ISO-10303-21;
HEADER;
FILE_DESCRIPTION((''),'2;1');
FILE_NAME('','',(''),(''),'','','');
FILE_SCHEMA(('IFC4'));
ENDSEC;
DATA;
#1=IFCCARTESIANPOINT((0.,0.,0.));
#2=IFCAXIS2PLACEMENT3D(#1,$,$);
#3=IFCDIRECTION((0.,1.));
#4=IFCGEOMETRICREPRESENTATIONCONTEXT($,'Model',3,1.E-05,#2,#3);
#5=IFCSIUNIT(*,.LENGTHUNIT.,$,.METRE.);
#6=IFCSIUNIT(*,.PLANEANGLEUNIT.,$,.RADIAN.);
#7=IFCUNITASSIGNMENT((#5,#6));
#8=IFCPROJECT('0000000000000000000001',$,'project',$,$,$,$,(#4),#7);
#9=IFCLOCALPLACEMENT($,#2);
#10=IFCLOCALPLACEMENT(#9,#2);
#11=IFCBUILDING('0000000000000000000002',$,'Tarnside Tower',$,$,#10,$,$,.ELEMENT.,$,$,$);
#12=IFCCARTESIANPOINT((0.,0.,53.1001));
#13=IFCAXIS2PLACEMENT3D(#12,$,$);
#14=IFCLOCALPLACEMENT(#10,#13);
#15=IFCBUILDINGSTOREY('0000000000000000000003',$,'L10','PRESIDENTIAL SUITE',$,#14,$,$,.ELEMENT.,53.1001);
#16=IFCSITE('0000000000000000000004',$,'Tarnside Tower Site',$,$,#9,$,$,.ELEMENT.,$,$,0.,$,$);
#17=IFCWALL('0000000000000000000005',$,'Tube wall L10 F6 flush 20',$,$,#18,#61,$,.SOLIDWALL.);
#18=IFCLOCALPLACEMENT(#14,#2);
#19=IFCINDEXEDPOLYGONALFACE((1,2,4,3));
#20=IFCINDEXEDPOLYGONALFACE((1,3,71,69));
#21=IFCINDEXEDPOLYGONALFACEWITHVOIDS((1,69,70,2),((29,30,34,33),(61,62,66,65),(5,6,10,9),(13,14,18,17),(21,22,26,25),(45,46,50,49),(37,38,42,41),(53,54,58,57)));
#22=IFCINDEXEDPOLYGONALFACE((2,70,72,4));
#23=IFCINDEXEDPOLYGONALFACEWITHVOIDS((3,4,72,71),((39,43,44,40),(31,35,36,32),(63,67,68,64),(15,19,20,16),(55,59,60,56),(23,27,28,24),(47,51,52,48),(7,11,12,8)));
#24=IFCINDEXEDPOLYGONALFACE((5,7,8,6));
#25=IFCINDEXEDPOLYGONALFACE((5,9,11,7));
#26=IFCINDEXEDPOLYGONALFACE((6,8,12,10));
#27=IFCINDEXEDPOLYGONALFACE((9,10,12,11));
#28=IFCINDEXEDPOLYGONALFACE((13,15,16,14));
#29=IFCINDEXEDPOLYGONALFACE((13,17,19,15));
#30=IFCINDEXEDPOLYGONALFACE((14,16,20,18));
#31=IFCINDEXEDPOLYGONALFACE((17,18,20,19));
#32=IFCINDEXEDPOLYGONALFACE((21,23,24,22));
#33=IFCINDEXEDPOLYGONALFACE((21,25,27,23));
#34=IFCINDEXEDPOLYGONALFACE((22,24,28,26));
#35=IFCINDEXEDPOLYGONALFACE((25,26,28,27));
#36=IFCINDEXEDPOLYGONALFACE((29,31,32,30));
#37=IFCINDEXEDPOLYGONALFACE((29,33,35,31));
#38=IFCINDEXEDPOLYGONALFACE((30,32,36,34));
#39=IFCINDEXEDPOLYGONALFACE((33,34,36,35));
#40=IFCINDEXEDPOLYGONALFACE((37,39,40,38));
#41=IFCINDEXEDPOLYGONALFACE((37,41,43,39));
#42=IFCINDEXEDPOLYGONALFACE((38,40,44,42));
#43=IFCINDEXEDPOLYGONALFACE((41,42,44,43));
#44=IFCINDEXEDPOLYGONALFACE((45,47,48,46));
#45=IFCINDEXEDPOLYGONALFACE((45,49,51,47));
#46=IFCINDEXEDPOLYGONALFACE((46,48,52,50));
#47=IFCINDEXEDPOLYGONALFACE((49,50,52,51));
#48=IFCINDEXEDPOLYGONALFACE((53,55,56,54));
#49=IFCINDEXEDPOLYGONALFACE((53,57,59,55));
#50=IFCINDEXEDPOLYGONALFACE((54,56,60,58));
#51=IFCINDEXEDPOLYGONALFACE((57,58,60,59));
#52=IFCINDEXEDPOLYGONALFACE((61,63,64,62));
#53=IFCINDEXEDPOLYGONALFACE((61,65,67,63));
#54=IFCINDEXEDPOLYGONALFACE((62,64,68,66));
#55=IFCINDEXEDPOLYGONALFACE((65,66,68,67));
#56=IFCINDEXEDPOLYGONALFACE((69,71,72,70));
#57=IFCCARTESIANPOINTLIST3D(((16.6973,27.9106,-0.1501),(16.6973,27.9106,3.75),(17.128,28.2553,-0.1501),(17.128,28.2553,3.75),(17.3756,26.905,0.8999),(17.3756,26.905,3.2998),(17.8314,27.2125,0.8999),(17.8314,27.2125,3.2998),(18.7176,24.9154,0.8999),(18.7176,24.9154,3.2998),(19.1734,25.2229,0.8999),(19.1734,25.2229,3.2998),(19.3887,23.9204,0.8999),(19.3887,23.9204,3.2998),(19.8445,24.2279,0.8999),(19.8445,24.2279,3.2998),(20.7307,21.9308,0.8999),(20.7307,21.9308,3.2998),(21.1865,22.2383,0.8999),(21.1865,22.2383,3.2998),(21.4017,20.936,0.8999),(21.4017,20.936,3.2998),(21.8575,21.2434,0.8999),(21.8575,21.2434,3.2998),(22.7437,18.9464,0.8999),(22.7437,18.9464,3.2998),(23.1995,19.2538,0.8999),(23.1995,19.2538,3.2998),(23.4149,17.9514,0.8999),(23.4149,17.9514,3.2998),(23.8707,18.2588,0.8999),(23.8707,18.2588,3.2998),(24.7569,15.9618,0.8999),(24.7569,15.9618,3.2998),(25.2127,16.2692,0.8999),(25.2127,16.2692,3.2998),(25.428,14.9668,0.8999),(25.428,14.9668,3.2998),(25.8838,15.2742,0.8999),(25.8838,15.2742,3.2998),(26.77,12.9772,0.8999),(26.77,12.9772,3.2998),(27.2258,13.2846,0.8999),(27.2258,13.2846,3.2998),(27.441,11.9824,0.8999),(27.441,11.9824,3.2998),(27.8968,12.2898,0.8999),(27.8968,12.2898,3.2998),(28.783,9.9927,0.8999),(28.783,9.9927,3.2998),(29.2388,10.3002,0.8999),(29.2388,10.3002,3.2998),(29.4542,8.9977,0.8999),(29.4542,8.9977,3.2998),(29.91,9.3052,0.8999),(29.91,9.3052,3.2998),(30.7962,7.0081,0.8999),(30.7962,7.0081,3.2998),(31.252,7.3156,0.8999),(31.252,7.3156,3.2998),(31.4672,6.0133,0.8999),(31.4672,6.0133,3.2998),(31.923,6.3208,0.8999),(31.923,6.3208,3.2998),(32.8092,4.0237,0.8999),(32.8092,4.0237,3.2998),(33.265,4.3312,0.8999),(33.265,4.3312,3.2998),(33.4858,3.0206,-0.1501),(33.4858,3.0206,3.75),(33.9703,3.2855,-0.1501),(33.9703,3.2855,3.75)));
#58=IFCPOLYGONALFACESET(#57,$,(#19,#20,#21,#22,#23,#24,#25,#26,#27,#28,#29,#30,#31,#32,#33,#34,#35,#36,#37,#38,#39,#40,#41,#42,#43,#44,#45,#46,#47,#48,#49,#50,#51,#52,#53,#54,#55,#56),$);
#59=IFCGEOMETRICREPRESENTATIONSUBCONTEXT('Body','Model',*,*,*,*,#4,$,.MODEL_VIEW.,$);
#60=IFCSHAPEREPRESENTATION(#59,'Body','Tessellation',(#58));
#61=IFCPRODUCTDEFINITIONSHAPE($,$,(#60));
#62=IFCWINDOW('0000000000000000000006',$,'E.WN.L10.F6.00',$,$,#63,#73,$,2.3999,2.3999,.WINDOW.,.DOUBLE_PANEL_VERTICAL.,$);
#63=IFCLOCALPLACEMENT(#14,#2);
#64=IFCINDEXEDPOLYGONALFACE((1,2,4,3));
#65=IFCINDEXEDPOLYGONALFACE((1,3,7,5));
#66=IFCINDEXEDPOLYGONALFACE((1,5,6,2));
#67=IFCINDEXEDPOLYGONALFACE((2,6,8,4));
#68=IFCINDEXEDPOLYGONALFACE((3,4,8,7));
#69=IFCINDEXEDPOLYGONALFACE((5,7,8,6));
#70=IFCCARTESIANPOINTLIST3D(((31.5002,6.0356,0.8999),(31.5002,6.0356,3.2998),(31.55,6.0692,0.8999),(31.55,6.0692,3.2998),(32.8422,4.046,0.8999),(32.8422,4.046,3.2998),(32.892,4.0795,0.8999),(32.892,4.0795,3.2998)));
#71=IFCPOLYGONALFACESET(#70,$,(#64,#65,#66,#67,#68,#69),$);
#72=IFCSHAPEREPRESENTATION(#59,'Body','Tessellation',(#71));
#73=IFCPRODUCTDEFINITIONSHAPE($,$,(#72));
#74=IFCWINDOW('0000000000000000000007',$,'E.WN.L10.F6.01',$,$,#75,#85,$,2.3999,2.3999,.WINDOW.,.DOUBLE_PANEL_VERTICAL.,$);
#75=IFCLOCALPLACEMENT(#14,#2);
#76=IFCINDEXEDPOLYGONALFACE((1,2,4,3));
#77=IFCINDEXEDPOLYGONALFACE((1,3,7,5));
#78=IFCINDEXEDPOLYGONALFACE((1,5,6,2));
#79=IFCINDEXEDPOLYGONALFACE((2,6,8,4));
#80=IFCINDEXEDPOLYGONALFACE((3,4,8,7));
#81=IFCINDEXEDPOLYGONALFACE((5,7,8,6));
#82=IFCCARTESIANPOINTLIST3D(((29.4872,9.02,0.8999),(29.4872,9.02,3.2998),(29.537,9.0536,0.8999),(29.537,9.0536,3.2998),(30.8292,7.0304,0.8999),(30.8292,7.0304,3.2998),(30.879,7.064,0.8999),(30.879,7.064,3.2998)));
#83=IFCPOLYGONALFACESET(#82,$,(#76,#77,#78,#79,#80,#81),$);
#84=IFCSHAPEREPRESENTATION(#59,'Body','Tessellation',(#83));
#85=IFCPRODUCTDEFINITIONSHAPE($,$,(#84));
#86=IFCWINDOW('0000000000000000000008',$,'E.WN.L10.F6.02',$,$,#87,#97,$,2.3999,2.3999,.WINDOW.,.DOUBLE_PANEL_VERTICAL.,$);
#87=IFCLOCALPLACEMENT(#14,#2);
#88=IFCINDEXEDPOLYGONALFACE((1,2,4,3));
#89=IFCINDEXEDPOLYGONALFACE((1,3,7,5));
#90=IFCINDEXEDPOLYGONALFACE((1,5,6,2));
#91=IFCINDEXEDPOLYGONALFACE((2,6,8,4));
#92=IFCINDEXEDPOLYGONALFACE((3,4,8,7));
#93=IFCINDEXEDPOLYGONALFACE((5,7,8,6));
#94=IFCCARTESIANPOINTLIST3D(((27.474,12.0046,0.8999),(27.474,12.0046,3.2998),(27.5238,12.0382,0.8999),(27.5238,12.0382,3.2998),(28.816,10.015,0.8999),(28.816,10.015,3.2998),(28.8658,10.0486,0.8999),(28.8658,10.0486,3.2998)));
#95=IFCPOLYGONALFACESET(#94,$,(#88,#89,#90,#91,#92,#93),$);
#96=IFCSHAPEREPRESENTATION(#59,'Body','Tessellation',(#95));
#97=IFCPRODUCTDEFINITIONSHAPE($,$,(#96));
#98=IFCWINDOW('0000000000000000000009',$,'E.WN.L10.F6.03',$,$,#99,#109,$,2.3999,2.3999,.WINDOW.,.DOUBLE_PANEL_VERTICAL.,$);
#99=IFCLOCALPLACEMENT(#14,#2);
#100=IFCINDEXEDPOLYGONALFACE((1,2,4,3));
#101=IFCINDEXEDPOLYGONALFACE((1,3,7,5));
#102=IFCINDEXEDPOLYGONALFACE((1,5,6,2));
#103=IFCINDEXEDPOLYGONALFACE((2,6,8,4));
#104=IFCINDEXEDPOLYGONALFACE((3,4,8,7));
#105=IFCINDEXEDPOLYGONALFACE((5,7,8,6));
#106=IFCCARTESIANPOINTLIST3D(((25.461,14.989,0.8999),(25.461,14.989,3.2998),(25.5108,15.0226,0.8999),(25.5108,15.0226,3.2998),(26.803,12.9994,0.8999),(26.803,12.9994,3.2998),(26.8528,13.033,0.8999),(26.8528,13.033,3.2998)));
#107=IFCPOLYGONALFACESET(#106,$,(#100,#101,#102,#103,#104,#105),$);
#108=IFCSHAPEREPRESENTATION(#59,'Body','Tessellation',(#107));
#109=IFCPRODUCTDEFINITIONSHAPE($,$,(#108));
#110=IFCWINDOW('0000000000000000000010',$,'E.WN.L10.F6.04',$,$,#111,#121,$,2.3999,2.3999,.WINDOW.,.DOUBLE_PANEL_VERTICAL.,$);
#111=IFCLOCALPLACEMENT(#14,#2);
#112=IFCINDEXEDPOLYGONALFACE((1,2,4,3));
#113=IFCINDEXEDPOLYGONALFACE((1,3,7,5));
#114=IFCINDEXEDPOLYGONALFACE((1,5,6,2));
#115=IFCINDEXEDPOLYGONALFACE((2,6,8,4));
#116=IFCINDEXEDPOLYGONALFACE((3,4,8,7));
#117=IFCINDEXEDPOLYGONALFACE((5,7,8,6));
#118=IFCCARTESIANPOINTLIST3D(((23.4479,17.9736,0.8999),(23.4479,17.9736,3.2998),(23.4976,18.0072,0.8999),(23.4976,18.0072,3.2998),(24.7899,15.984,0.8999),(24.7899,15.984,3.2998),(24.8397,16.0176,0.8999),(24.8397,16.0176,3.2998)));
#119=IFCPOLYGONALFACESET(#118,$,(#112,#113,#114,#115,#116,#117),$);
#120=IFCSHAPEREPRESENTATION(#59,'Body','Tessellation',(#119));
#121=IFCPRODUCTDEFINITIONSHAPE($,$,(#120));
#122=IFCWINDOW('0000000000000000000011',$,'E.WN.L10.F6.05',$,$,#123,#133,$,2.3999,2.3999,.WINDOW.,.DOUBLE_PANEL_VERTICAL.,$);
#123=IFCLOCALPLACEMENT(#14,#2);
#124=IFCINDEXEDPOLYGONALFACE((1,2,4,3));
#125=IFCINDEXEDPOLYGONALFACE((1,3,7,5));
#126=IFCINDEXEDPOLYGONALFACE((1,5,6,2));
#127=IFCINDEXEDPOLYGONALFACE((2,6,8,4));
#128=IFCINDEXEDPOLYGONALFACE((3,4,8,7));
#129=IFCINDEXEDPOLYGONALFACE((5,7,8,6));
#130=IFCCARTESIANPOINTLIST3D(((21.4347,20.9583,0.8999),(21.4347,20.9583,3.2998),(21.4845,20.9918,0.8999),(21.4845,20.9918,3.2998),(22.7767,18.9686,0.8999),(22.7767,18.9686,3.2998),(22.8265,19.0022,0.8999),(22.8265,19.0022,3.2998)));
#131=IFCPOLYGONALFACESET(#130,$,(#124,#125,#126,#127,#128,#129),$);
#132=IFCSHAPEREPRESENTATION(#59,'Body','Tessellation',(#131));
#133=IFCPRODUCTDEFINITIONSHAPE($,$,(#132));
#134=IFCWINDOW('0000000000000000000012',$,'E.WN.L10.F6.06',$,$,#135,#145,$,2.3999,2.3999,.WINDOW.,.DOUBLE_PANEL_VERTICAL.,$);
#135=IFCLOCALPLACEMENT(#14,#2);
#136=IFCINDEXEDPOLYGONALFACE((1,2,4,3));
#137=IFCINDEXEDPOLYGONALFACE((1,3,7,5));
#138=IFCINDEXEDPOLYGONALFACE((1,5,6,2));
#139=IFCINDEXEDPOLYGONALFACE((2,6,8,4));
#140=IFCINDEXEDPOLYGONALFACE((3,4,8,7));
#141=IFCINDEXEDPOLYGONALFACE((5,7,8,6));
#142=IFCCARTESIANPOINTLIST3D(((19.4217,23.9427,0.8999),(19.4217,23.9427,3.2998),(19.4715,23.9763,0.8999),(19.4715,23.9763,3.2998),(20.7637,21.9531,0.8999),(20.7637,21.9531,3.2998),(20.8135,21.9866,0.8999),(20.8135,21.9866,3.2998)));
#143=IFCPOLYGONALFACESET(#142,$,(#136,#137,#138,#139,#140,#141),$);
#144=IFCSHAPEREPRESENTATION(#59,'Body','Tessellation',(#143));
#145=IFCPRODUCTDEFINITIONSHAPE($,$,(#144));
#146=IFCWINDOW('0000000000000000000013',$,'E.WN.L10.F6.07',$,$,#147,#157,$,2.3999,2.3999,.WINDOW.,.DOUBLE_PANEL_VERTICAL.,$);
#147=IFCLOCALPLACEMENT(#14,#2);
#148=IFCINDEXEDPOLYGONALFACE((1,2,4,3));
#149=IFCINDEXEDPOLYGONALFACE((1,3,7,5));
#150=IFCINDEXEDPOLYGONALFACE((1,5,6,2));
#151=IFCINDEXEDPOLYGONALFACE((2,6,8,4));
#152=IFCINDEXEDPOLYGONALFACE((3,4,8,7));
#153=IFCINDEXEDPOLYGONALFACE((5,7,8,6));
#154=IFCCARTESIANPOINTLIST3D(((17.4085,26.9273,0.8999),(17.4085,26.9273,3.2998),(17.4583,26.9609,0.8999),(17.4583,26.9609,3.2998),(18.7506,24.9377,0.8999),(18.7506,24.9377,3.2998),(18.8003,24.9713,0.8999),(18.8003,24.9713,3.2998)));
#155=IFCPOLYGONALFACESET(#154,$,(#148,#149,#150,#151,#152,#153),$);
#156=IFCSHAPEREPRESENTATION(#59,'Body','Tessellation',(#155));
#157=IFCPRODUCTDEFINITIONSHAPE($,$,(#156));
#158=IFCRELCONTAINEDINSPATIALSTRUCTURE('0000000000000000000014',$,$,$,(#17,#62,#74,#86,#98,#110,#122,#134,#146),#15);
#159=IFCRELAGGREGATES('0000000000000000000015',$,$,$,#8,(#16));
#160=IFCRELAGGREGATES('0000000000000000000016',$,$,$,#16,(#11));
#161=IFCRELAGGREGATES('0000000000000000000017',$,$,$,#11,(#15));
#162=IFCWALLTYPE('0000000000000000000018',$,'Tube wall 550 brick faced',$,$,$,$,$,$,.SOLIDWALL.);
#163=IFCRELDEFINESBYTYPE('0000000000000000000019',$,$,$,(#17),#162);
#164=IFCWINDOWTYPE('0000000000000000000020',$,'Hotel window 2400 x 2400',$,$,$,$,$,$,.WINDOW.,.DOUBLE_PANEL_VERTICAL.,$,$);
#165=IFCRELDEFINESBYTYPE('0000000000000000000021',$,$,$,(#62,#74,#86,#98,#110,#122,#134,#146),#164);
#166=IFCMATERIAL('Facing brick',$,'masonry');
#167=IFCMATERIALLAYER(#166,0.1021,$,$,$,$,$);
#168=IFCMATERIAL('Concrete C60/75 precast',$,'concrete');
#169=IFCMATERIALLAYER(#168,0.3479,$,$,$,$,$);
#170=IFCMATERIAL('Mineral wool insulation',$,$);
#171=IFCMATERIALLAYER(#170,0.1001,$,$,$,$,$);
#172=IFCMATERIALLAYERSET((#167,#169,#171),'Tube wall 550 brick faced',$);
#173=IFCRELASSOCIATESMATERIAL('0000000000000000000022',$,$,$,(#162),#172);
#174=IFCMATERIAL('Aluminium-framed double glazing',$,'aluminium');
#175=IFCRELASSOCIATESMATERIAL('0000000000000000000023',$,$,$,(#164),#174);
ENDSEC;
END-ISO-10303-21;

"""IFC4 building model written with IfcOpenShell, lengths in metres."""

from ifc_helpers import new_model, si_unit, direction, frame, frame_2d, origin, place, context, subcontext, project, spatial, polyline, rectangle, outline, extrude, material, layer, layer_set, type_object, element, fill, save


model = new_model("IFC4")

# Units and contexts
model_context = context("Model", 3, precision=1e-05, world=origin(), true_north=direction((0.0, 1.0)))
body_context = subcontext(model_context, "Body", "Model", "MODEL_VIEW")
ifc_project = project(units=[si_unit("LENGTHUNIT", "METRE"), si_unit("PLANEANGLEUNIT", "RADIAN")], contexts=[model_context])

# Site, building, storey
site_placement = place(None, origin())
site = spatial("IfcSite", under=ifc_project, at=site_placement, Name="Tarnside Tower Site", CompositionType="ELEMENT", RefElevation=0.0)
building_placement = place(site_placement, origin())
building = spatial("IfcBuilding", under=site, at=building_placement, Name="Tarnside Tower", CompositionType="ELEMENT")
storey_placement = place(building_placement, frame((0.0, 0.0, 53.1001)))
storey = spatial("IfcBuildingStorey", under=building, at=storey_placement, Name="L10", Description="PRESIDENTIAL SUITE", CompositionType="ELEMENT", Elevation=53.1001)

# Shared definitions
ifc_material_1 = material(Name="Facing brick", Category="masonry")
ifc_layer_1 = layer(ifc_material_1, 0.1021)
ifc_material_2 = material(Name="Concrete C60/75 precast", Category="concrete")
ifc_layer_2 = layer(ifc_material_2, 0.3479)
ifc_material_3 = material(Name="Mineral wool insulation")
ifc_layer_3 = layer(ifc_material_3, 0.1001)
ifc_layer_set_1 = layer_set([ifc_layer_1, ifc_layer_2, ifc_layer_3], Name="Tube wall 550 brick faced")
wall_type_1 = type_object("IfcWallType", Name="Tube wall 550 brick faced", PredefinedType="SOLIDWALL", material=ifc_layer_set_1)

# Wall, openings, windows
wall_1_placement = place(storey_placement, frame((33.728, 3.1531, -0.1501), z_axis=(0.0, 0.0, 1.0), x_axis=(-0.559192, 0.829038, 0.0)))
wall_1 = element("IfcWall", 1, at=wall_1_placement, inside=storey, type_object=wall_type_1, Name="Tube wall L10 F6 flush 20", PredefinedType="SOLIDWALL", context=body_context, shape_type="SweptSolid", body=[
    extrude(outline(polyline([(-0.0256, -0.2749), (30.0933, -0.2749), (30.0483, 0.2749), (0.0256, 0.2749), (-0.0256, -0.2749)])), origin(), (0.0, 0.0, 1.0), 3.9001),
])
opening_1_placement = place(wall_1_placement, frame((1.2356, 0.0, 1.05)))
opening_1 = element("IfcOpeningElement", 2, at=opening_1_placement, cuts=wall_1, PredefinedType="OPENING", context=body_context, shape_type="SweptSolid", body=[
    extrude(rectangle(XDim=2.3999, YDim=2.3999, at=frame_2d((1.2, 1.2))), frame((0.0, 0.2852, 0.0), z_axis=(0.0, -1.0, 0.0), x_axis=(1.0, 0.0, 0.0)), (0.0, 0.0, 1.0), 0.5701),
])
opening_2_placement = place(wall_1_placement, frame((4.8354, 0.0, 1.05)))
opening_2 = element("IfcOpeningElement", 3, at=opening_2_placement, cuts=wall_1, PredefinedType="OPENING", context=body_context, shape_type="SweptSolid", body=[
    extrude(rectangle(XDim=2.3999, YDim=2.3999, at=frame_2d((1.2, 1.2))), frame((0.0, 0.2852, 0.0), z_axis=(0.0, -1.0, 0.0), x_axis=(1.0, 0.0, 0.0)), (0.0, 0.0, 1.0), 0.5701),
])
opening_3_placement = place(wall_1_placement, frame((8.4355, 0.0, 1.05)))
opening_3 = element("IfcOpeningElement", 4, at=opening_3_placement, cuts=wall_1, PredefinedType="OPENING", context=body_context, shape_type="SweptSolid", body=[
    extrude(rectangle(XDim=2.3999, YDim=2.3999, at=frame_2d((1.2, 1.2))), frame((0.0, 0.2852, 0.0), z_axis=(0.0, -1.0, 0.0), x_axis=(1.0, 0.0, 0.0)), (0.0, 0.0, 1.0), 0.5701),
])
opening_4_placement = place(wall_1_placement, frame((12.0354, 0.0, 1.05)))
opening_4 = element("IfcOpeningElement", 5, at=opening_4_placement, cuts=wall_1, PredefinedType="OPENING", context=body_context, shape_type="SweptSolid", body=[
    extrude(rectangle(XDim=2.3999, YDim=2.3999, at=frame_2d((1.2, 1.2))), frame((0.0, 0.2852, 0.0), z_axis=(0.0, -1.0, 0.0), x_axis=(1.0, 0.0, 0.0)), (0.0, 0.0, 1.0), 0.5701),
])
opening_5_placement = place(wall_1_placement, frame((15.6355, 0.0, 1.05)))
opening_5 = element("IfcOpeningElement", 6, at=opening_5_placement, cuts=wall_1, PredefinedType="OPENING", context=body_context, shape_type="SweptSolid", body=[
    extrude(rectangle(XDim=2.3999, YDim=2.3999, at=frame_2d((1.2, 1.2))), frame((0.0, 0.2852, 0.0), z_axis=(0.0, -1.0, 0.0), x_axis=(1.0, 0.0, 0.0)), (0.0, 0.0, 1.0), 0.5701),
])
opening_6_placement = place(wall_1_placement, frame((19.2356, 0.0, 1.05)))
opening_6 = element("IfcOpeningElement", 7, at=opening_6_placement, cuts=wall_1, PredefinedType="OPENING", context=body_context, shape_type="SweptSolid", body=[
    extrude(rectangle(XDim=2.3999, YDim=2.3999, at=frame_2d((1.2, 1.2))), frame((0.0, 0.2852, 0.0), z_axis=(0.0, -1.0, 0.0), x_axis=(1.0, 0.0, 0.0)), (0.0, 0.0, 1.0), 0.5701),
])
opening_7_placement = place(wall_1_placement, frame((22.8354, 0.0, 1.05)))
opening_7 = element("IfcOpeningElement", 8, at=opening_7_placement, cuts=wall_1, PredefinedType="OPENING", context=body_context, shape_type="SweptSolid", body=[
    extrude(rectangle(XDim=2.3999, YDim=2.3999, at=frame_2d((1.2, 1.2))), frame((0.0, 0.2852, 0.0), z_axis=(0.0, -1.0, 0.0), x_axis=(1.0, 0.0, 0.0)), (0.0, 0.0, 1.0), 0.5701),
])
opening_8_placement = place(wall_1_placement, frame((26.4355, 0.0, 1.05)))
opening_8 = element("IfcOpeningElement", 9, at=opening_8_placement, cuts=wall_1, PredefinedType="OPENING", context=body_context, shape_type="SweptSolid", body=[
    extrude(rectangle(XDim=2.3999, YDim=2.3999, at=frame_2d((1.2, 1.2))), frame((0.0, 0.2852, 0.0), z_axis=(0.0, -1.0, 0.0), x_axis=(1.0, 0.0, 0.0)), (0.0, 0.0, 1.0), 0.5701),
])
ifc_material_4 = material(Name="Aluminium-framed double glazing", Category="aluminium")
window_type = type_object("IfcWindowType", Name="Hotel window 2400 x 2400", PartitioningType="DOUBLE_PANEL_VERTICAL", PredefinedType="WINDOW", material=ifc_material_4)
window_1_placement = place(opening_1_placement, frame((0.0, 0.2051, 0.0)))
window_1 = element("IfcWindow", 10, at=window_1_placement, inside=storey, type_object=window_type, Name="E.WN.L10.F6.00", OverallHeight=2.3999, OverallWidth=2.3999, PartitioningType="DOUBLE_PANEL_VERTICAL", PredefinedType="WINDOW", context=body_context, shape_type="SweptSolid", body=[
    extrude(rectangle(XDim=2.3999, YDim=2.3999, at=frame_2d((1.2, 1.2))), frame((0.0, 0.03, 0.0), z_axis=(0.0, -1.0, 0.0), x_axis=(1.0, 0.0, 0.0)), (0.0, 0.0, 1.0), 0.0601),
])
fill(opening_1, window_1)
window_2_placement = place(opening_2_placement, frame((0.0, 0.2051, 0.0)))
window_2 = element("IfcWindow", 11, at=window_2_placement, inside=storey, type_object=window_type, Name="E.WN.L10.F6.01", OverallHeight=2.3999, OverallWidth=2.3999, PartitioningType="DOUBLE_PANEL_VERTICAL", PredefinedType="WINDOW", context=body_context, shape_type="SweptSolid", body=[
    extrude(rectangle(XDim=2.3999, YDim=2.3999, at=frame_2d((1.2, 1.2))), frame((0.0, 0.03, 0.0), z_axis=(0.0, -1.0, 0.0), x_axis=(1.0, 0.0, 0.0)), (0.0, 0.0, 1.0), 0.0601),
])
fill(opening_2, window_2)
window_3_placement = place(opening_3_placement, frame((0.0, 0.2051, 0.0)))
window_3 = element("IfcWindow", 12, at=window_3_placement, inside=storey, type_object=window_type, Name="E.WN.L10.F6.02", OverallHeight=2.3999, OverallWidth=2.3999, PartitioningType="DOUBLE_PANEL_VERTICAL", PredefinedType="WINDOW", context=body_context, shape_type="SweptSolid", body=[
    extrude(rectangle(XDim=2.3999, YDim=2.3999, at=frame_2d((1.2, 1.2))), frame((0.0, 0.03, 0.0), z_axis=(0.0, -1.0, 0.0), x_axis=(1.0, 0.0, 0.0)), (0.0, 0.0, 1.0), 0.0601),
])
fill(opening_3, window_3)
window_4_placement = place(opening_4_placement, frame((0.0, 0.2051, 0.0)))
window_4 = element("IfcWindow", 13, at=window_4_placement, inside=storey, type_object=window_type, Name="E.WN.L10.F6.03", OverallHeight=2.3999, OverallWidth=2.3999, PartitioningType="DOUBLE_PANEL_VERTICAL", PredefinedType="WINDOW", context=body_context, shape_type="SweptSolid", body=[
    extrude(rectangle(XDim=2.3999, YDim=2.3999, at=frame_2d((1.2, 1.2))), frame((0.0, 0.03, 0.0), z_axis=(0.0, -1.0, 0.0), x_axis=(1.0, 0.0, 0.0)), (0.0, 0.0, 1.0), 0.0601),
])
fill(opening_4, window_4)
window_5_placement = place(opening_5_placement, frame((0.0, 0.2051, 0.0)))
window_5 = element("IfcWindow", 14, at=window_5_placement, inside=storey, type_object=window_type, Name="E.WN.L10.F6.04", OverallHeight=2.3999, OverallWidth=2.3999, PartitioningType="DOUBLE_PANEL_VERTICAL", PredefinedType="WINDOW", context=body_context, shape_type="SweptSolid", body=[
    extrude(rectangle(XDim=2.3999, YDim=2.3999, at=frame_2d((1.2, 1.2))), frame((0.0, 0.03, 0.0), z_axis=(0.0, -1.0, 0.0), x_axis=(1.0, 0.0, 0.0)), (0.0, 0.0, 1.0), 0.0601),
])
fill(opening_5, window_5)
window_6_placement = place(opening_6_placement, frame((0.0, 0.2051, 0.0)))
window_6 = element("IfcWindow", 15, at=window_6_placement, inside=storey, type_object=window_type, Name="E.WN.L10.F6.05", OverallHeight=2.3999, OverallWidth=2.3999, PartitioningType="DOUBLE_PANEL_VERTICAL", PredefinedType="WINDOW", context=body_context, shape_type="SweptSolid", body=[
    extrude(rectangle(XDim=2.3999, YDim=2.3999, at=frame_2d((1.2, 1.2))), frame((0.0, 0.03, 0.0), z_axis=(0.0, -1.0, 0.0), x_axis=(1.0, 0.0, 0.0)), (0.0, 0.0, 1.0), 0.0601),
])
fill(opening_6, window_6)
window_7_placement = place(opening_7_placement, frame((0.0, 0.2051, 0.0)))
window_7 = element("IfcWindow", 16, at=window_7_placement, inside=storey, type_object=window_type, Name="E.WN.L10.F6.06", OverallHeight=2.3999, OverallWidth=2.3999, PartitioningType="DOUBLE_PANEL_VERTICAL", PredefinedType="WINDOW", context=body_context, shape_type="SweptSolid", body=[
    extrude(rectangle(XDim=2.3999, YDim=2.3999, at=frame_2d((1.2, 1.2))), frame((0.0, 0.03, 0.0), z_axis=(0.0, -1.0, 0.0), x_axis=(1.0, 0.0, 0.0)), (0.0, 0.0, 1.0), 0.0601),
])
fill(opening_7, window_7)
window_8_placement = place(opening_8_placement, frame((0.0, 0.2051, 0.0)))
window_8 = element("IfcWindow", 17, at=window_8_placement, inside=storey, type_object=window_type, Name="E.WN.L10.F6.07", OverallHeight=2.3999, OverallWidth=2.3999, PartitioningType="DOUBLE_PANEL_VERTICAL", PredefinedType="WINDOW", context=body_context, shape_type="SweptSolid", body=[
    extrude(rectangle(XDim=2.3999, YDim=2.3999, at=frame_2d((1.2, 1.2))), frame((0.0, 0.03, 0.0), z_axis=(0.0, -1.0, 0.0), x_axis=(1.0, 0.0, 0.0)), (0.0, 0.0, 1.0), 0.0601),
])
fill(opening_8, window_8)

save(model, "model.ifc")
